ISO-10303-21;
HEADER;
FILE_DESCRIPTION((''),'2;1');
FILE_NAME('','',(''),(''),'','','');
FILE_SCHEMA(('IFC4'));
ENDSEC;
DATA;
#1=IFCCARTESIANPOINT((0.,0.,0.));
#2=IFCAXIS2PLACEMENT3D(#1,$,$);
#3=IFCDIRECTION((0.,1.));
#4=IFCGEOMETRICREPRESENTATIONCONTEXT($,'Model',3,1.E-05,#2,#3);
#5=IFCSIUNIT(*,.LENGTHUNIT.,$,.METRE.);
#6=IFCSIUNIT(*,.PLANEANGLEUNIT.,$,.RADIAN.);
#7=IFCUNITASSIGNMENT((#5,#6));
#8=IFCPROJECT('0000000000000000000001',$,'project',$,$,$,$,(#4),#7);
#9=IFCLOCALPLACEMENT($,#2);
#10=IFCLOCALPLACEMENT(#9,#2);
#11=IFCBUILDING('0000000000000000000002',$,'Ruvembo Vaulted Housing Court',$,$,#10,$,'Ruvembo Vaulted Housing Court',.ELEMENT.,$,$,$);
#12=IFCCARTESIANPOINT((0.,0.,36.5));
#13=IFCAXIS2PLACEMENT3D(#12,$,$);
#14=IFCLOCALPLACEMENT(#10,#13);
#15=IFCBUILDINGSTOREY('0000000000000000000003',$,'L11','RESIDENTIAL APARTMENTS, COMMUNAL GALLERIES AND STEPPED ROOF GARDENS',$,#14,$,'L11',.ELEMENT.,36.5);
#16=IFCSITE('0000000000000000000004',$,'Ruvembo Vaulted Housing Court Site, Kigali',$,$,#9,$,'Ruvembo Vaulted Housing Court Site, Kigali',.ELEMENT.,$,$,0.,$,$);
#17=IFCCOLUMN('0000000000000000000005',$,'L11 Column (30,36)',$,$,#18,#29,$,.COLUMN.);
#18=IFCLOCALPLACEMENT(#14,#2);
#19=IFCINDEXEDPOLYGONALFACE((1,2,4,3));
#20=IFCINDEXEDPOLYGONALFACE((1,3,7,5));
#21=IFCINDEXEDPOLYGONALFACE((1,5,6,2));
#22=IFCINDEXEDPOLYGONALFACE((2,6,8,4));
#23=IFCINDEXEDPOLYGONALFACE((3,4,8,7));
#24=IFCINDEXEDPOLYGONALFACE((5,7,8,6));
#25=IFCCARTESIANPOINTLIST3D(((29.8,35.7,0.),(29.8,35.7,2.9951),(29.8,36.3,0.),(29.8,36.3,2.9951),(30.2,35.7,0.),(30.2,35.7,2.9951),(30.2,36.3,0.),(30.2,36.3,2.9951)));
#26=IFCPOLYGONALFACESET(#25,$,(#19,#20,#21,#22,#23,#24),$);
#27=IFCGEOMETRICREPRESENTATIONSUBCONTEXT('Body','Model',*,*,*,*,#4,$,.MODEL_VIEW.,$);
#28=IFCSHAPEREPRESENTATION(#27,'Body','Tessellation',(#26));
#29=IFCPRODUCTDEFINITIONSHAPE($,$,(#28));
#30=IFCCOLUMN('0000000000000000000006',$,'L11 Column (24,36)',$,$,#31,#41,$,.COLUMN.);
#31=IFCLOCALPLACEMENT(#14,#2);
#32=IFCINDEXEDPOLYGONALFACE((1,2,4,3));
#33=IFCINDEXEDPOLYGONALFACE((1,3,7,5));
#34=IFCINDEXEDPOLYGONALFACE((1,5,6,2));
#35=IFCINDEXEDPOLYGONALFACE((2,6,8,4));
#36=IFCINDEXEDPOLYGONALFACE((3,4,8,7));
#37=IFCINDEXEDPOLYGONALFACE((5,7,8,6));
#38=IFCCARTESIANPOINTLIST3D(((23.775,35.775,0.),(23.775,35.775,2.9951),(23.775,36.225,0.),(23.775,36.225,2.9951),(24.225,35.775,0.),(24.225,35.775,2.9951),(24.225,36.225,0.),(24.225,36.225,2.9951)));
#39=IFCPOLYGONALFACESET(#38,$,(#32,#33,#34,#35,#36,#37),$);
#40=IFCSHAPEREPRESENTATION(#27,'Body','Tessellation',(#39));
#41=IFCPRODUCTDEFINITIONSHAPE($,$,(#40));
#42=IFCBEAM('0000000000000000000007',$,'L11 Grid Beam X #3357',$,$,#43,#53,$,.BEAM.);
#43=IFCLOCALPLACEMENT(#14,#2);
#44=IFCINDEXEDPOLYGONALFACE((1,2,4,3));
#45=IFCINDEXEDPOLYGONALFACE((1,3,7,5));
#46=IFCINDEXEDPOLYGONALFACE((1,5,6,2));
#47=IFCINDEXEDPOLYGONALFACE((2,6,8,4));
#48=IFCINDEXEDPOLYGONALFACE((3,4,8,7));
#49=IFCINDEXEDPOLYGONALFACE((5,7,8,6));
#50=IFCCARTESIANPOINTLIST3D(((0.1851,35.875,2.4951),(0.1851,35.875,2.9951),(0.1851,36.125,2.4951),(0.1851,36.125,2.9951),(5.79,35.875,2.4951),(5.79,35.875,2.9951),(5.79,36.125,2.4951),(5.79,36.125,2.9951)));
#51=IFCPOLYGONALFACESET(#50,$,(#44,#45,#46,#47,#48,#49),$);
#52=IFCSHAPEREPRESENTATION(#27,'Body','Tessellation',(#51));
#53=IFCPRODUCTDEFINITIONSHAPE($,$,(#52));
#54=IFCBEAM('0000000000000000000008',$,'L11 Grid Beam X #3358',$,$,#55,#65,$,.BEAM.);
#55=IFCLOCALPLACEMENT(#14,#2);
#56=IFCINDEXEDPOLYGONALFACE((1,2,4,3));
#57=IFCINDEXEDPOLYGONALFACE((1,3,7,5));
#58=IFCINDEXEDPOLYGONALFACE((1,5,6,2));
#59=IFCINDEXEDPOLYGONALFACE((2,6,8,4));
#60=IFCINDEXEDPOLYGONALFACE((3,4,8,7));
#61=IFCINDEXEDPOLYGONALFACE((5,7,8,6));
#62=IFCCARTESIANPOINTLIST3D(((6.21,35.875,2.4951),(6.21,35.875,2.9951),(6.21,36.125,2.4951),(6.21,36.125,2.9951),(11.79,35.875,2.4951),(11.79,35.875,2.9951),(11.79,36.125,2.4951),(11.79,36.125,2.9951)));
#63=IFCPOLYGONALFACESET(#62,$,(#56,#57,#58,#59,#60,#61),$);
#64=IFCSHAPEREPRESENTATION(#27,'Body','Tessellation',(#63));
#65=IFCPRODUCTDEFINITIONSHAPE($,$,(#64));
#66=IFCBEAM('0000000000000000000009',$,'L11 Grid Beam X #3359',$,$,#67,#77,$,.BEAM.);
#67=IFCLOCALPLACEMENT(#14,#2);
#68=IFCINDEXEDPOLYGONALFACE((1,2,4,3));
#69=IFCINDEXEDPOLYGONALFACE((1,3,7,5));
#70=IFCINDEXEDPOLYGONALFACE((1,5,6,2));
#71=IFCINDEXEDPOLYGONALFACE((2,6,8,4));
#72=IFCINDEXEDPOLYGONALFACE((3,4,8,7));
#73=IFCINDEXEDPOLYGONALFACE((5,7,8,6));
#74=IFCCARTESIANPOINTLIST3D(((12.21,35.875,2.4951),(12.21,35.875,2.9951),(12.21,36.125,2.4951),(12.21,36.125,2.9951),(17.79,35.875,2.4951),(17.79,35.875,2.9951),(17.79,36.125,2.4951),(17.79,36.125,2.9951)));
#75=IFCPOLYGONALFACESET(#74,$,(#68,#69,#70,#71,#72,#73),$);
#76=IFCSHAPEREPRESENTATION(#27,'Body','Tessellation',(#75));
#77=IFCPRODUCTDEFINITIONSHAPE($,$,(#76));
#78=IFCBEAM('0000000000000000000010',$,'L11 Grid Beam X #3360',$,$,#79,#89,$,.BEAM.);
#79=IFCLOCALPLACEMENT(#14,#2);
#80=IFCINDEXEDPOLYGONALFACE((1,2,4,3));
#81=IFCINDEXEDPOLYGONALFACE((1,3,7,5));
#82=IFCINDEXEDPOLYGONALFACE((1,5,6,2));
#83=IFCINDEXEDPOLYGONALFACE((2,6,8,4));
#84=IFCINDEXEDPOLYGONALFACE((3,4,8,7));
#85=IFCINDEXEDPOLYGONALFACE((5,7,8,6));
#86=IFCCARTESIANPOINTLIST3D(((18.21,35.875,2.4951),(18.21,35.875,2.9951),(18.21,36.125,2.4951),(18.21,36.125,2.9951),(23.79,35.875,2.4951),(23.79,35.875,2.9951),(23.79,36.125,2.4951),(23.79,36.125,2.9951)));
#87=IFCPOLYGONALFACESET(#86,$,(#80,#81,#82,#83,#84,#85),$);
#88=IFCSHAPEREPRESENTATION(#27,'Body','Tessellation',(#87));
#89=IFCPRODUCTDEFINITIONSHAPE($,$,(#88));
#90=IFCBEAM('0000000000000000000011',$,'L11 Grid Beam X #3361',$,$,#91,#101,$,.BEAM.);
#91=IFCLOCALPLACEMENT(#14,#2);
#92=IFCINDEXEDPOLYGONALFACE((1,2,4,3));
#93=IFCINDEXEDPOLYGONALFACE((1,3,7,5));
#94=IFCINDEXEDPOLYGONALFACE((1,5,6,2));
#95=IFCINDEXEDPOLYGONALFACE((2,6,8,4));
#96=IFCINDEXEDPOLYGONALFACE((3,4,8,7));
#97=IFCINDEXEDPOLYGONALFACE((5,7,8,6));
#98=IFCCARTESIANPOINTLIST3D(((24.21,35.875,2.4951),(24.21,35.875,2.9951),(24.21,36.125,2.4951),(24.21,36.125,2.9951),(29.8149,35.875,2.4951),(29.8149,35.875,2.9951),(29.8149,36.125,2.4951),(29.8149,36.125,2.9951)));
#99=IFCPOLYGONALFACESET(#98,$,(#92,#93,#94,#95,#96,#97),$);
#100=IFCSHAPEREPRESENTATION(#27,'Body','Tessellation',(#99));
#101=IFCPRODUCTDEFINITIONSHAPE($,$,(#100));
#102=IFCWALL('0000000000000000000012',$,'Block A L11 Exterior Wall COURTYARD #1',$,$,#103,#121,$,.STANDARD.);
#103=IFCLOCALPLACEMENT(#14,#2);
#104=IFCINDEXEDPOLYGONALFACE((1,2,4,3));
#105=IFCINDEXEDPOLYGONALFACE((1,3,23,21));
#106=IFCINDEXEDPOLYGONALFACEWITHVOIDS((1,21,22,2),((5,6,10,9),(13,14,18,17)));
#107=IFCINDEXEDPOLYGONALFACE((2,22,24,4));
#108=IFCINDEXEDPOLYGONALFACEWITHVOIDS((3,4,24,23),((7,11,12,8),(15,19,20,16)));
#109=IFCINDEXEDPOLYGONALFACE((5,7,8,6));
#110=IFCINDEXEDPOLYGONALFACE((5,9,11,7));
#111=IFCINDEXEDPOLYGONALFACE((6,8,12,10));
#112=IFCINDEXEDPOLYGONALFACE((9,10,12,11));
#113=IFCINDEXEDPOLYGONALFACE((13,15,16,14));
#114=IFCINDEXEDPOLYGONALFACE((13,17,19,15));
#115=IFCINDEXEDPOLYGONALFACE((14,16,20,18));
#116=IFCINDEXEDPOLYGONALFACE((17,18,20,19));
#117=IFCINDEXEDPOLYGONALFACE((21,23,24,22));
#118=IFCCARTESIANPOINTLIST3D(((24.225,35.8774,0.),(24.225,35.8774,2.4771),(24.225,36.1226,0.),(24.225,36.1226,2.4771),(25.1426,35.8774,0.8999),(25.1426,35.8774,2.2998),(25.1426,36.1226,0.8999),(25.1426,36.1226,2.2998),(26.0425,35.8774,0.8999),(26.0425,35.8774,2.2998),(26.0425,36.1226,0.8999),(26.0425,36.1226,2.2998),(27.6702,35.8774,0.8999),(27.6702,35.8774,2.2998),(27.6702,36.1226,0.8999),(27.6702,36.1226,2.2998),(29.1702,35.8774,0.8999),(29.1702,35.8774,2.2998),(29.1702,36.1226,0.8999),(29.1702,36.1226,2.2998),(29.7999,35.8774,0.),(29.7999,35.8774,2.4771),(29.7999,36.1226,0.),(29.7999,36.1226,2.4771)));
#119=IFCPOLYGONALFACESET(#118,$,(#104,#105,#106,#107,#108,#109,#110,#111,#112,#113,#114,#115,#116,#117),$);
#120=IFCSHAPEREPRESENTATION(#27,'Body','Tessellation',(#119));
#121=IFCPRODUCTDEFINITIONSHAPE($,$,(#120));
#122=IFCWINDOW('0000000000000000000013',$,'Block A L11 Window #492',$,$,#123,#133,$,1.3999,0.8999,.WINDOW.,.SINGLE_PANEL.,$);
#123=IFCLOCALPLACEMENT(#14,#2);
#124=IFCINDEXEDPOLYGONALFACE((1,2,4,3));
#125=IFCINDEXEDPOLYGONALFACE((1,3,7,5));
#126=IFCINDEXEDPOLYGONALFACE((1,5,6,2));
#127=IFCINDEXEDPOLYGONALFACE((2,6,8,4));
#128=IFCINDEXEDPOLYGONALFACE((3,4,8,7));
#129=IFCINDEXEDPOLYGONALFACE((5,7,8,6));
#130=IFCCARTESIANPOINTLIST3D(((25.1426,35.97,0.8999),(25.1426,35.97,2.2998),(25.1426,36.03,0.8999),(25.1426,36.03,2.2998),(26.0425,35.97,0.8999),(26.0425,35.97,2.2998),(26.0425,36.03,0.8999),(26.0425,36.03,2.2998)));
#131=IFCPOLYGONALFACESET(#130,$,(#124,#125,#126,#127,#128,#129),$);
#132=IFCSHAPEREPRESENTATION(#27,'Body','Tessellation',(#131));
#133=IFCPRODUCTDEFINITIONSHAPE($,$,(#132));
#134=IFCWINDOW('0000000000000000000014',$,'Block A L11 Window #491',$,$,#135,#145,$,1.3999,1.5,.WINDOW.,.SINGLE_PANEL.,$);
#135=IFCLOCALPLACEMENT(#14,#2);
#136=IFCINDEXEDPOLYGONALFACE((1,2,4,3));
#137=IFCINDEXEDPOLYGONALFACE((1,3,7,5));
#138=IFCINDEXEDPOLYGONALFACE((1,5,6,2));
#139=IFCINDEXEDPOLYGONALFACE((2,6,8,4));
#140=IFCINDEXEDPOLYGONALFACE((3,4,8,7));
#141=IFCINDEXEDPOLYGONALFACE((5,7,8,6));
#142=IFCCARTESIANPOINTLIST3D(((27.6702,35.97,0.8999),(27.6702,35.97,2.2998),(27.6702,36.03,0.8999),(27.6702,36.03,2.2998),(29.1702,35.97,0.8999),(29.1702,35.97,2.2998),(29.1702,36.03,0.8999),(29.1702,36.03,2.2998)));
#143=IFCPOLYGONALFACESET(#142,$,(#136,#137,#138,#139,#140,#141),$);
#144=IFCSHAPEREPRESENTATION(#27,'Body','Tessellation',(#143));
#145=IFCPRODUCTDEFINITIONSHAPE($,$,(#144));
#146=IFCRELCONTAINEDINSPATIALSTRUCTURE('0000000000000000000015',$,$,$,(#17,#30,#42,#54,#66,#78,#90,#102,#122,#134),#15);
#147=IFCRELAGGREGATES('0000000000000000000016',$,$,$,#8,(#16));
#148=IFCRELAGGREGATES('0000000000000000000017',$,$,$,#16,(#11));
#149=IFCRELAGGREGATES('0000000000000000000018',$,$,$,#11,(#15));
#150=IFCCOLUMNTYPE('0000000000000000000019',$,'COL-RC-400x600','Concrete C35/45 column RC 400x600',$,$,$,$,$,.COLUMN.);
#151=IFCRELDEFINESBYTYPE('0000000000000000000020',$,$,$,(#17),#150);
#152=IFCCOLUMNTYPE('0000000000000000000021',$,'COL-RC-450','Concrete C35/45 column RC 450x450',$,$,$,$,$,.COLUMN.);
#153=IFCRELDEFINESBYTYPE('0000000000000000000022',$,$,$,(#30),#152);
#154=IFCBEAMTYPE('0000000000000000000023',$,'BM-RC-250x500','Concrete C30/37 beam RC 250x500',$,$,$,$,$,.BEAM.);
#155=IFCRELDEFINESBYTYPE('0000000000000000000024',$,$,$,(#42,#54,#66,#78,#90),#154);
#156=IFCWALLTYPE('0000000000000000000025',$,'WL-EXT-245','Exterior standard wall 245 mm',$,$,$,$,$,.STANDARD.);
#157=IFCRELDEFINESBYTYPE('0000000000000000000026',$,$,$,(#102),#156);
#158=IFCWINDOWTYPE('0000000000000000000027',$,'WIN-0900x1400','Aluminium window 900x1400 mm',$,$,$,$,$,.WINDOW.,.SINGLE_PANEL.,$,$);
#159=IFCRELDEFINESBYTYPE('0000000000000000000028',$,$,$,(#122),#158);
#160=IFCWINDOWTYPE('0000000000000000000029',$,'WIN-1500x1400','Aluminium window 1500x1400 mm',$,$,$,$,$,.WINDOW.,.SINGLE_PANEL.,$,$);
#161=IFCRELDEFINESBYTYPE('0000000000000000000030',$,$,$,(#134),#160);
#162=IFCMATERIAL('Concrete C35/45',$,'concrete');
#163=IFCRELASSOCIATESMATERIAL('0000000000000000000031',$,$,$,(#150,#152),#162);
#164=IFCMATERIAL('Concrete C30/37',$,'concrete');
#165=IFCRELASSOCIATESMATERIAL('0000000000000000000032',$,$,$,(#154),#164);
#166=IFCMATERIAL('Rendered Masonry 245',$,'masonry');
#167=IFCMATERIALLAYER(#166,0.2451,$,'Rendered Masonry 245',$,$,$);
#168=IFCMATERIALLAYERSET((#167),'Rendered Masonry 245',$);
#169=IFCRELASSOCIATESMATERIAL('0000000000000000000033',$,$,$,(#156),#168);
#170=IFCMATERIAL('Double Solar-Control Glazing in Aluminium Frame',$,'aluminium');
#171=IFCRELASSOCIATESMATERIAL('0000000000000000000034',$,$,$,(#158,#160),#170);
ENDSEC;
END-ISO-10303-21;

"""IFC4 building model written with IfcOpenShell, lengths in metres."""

from ifc_helpers import new_model, si_unit, direction, frame, frame_2d, origin, origin_2d, place, context, subcontext, project, spatial, rectangle, extrude, material, layer, layer_set, material_profile, profile_set, type_object, element, fill, save


model = new_model("IFC4")

# Units and contexts
model_context = context("Model", 3, precision=1e-05, world=origin(), true_north=direction((0.0, 1.0)))
body_context = subcontext(model_context, "Body", "Model", "MODEL_VIEW")
ifc_project = project(units=[si_unit("LENGTHUNIT", "METRE"), si_unit("PLANEANGLEUNIT", "RADIAN")], contexts=[model_context])

# Site, building, storey
site_placement = place(None, origin())
site = spatial("IfcSite", under=ifc_project, at=site_placement, Name="Ruvembo Vaulted Housing Court Site, Kigali", LongName="Ruvembo Vaulted Housing Court Site, Kigali", CompositionType="ELEMENT", RefElevation=0.0)
building_placement = place(site_placement, origin())
building = spatial("IfcBuilding", under=site, at=building_placement, Name="Ruvembo Vaulted Housing Court", LongName="Ruvembo Vaulted Housing Court", CompositionType="ELEMENT")
storey_placement = place(building_placement, frame((0.0, 0.0, 36.5)))
storey = spatial("IfcBuildingStorey", under=building, at=storey_placement, Name="L11", Description="RESIDENTIAL APARTMENTS, COMMUNAL GALLERIES AND STEPPED ROOF GARDENS", LongName="L11", CompositionType="ELEMENT", Elevation=36.5)

# Columns
ifc_material_1 = material(Name="Concrete C35/45", Category="concrete")
ifc_material_profile_1 = material_profile(ifc_material_1, rectangle(XDim=0.3999, YDim=0.6001, at=origin_2d()), Name="RC 400x600")
ifc_profile_set_1 = profile_set([ifc_material_profile_1], Name="Concrete C35/45")
column_type_1 = type_object("IfcColumnType", Name="COL-RC-400x600", Description="Concrete C35/45 column RC 400x600", PredefinedType="COLUMN", material=ifc_profile_set_1)
column_1_placement = place(storey_placement, frame((30.0, 36.0, 0.0), z_axis=(0.0, 0.0, 1.0), x_axis=(1.0, 0.0, 0.0)))
element("IfcColumn", 1, at=column_1_placement, inside=storey, type_object=column_type_1, Name="L11 Column (30,36)", PredefinedType="COLUMN", context=body_context, shape_type="SweptSolid", body=[
    extrude(rectangle(XDim=0.3999, YDim=0.6001, at=origin_2d()), origin(), (0.0, 0.0, 1.0), 2.9951),
])
ifc_material_profile_2 = material_profile(ifc_material_1, rectangle(XDim=0.45, YDim=0.45, at=origin_2d()), Name="RC 450x450")
ifc_profile_set_2 = profile_set([ifc_material_profile_2], Name="Concrete C35/45")
column_type_2 = type_object("IfcColumnType", Name="COL-RC-450", Description="Concrete C35/45 column RC 450x450", PredefinedType="COLUMN", material=ifc_profile_set_2)
column_2_placement = place(storey_placement, frame((24.0, 36.0, 0.0), z_axis=(0.0, 0.0, 1.0), x_axis=(1.0, 0.0, 0.0)))
element("IfcColumn", 2, at=column_2_placement, inside=storey, type_object=column_type_2, Name="L11 Column (24,36)", PredefinedType="COLUMN", context=body_context, shape_type="SweptSolid", body=[
    extrude(rectangle(XDim=0.45, YDim=0.45, at=origin_2d()), origin(), (0.0, 0.0, 1.0), 2.9951),
])

# Beams
ifc_material_2 = material(Name="Concrete C30/37", Category="concrete")
ifc_material_profile_3 = material_profile(ifc_material_2, rectangle(XDim=0.25, YDim=0.5, at=origin_2d()), Name="RC 250x500")
ifc_profile_set_3 = profile_set([ifc_material_profile_3], Name="Concrete C30/37")
beam_type = type_object("IfcBeamType", Name="BM-RC-250x500", Description="Concrete C30/37 beam RC 250x500", PredefinedType="BEAM", material=ifc_profile_set_3)
beam_1_placement = place(storey_placement, frame((0.1851, 36.0, 2.7451), z_axis=(1.0, 0.0, 0.0), x_axis=(0.0, 1.0, 0.0)))
element("IfcBeam", 3, at=beam_1_placement, inside=storey, type_object=beam_type, Name="L11 Grid Beam X #3357", PredefinedType="BEAM", context=body_context, shape_type="SweptSolid", body=[
    extrude(rectangle(XDim=0.25, YDim=0.5, at=origin_2d()), origin(), (0.0, 0.0, 1.0), 5.605),
])
for number, where, z_axis, x_axis, name in (
    (4, (6.21, 36.0, 2.7451), (1.0, 0.0, 0.0), (0.0, 1.0, 0.0), "L11 Grid Beam X #3358"),
    (5, (12.21, 36.0, 2.7451), (1.0, 0.0, 0.0), (0.0, 1.0, 0.0), "L11 Grid Beam X #3359"),
    (6, (18.21, 36.0, 2.7451), (1.0, 0.0, 0.0), (0.0, 1.0, 0.0), "L11 Grid Beam X #3360"),
):
    element("IfcBeam", number, at=place(storey_placement, frame(where, z_axis=z_axis, x_axis=x_axis)), inside=storey, type_object=beam_type, Name=name, PredefinedType="BEAM", context=body_context, shape_type="SweptSolid", body=[
        extrude(rectangle(XDim=0.25, YDim=0.5, at=origin_2d()), origin(), (0.0, 0.0, 1.0), 5.5801),
    ])
beam_2_placement = place(storey_placement, frame((24.21, 36.0, 2.7451), z_axis=(1.0, 0.0, 0.0), x_axis=(0.0, 1.0, 0.0)))
element("IfcBeam", 7, at=beam_2_placement, inside=storey, type_object=beam_type, Name="L11 Grid Beam X #3361", PredefinedType="BEAM", context=body_context, shape_type="SweptSolid", body=[
    extrude(rectangle(XDim=0.25, YDim=0.5, at=origin_2d()), origin(), (0.0, 0.0, 1.0), 5.605),
])

# Wall, openings, windows
ifc_material_3 = material(Name="Rendered Masonry 245", Category="masonry")
ifc_layer_1 = layer(ifc_material_3, 0.2451, Name="Rendered Masonry 245")
ifc_layer_set_1 = layer_set([ifc_layer_1], Name="Rendered Masonry 245")
wall_type_1 = type_object("IfcWallType", Name="WL-EXT-245", Description="Exterior standard wall 245 mm", PredefinedType="STANDARD", material=ifc_layer_set_1)
wall_1_placement = place(storey_placement, frame((29.8, 36.0, 0.0), z_axis=(0.0, 0.0, 1.0), x_axis=(-1.0, 0.0, 0.0)))
wall_1 = element("IfcWall", 8, at=wall_1_placement, inside=storey, type_object=wall_type_1, Name="Block A L11 Exterior Wall COURTYARD #1", PredefinedType="STANDARD", context=body_context, shape_type="SweptSolid", body=[
    extrude(rectangle(XDim=5.575, YDim=0.2451, at=frame_2d((2.7876, 0.0))), origin(), (0.0, 0.0, 1.0), 2.4771),
])
opening_1_placement = place(wall_1_placement, frame((0.6299, 0.0, 0.8999)))
opening_1 = element("IfcOpeningElement", 9, at=opening_1_placement, cuts=wall_1, PredefinedType="OPENING", context=body_context, shape_type="SweptSolid", body=[
    extrude(rectangle(XDim=1.5, YDim=1.3999, at=frame_2d((0.75, 0.7))), frame((0.0, 0.1326, 0.0), z_axis=(0.0, -1.0, 0.0), x_axis=(1.0, 0.0, 0.0)), (0.0, 0.0, 1.0), 0.2651),
])
opening_2_placement = place(wall_1_placement, frame((3.7576, 0.0, 0.8999)))
opening_2 = element("IfcOpeningElement", 10, at=opening_2_placement, cuts=wall_1, PredefinedType="OPENING", context=body_context, shape_type="SweptSolid", body=[
    extrude(rectangle(XDim=0.8999, YDim=1.3999, at=frame_2d((0.45, 0.7))), frame((0.0, 0.1326, 0.0), z_axis=(0.0, -1.0, 0.0), x_axis=(1.0, 0.0, 0.0)), (0.0, 0.0, 1.0), 0.2651),
])
ifc_material_4 = material(Name="Double Solar-Control Glazing in Aluminium Frame", Category="aluminium")
window_type_1 = type_object("IfcWindowType", Name="WIN-0900x1400", Description="Aluminium window 900x1400 mm", PartitioningType="SINGLE_PANEL", PredefinedType="WINDOW", material=ifc_material_4)
window_1_placement = place(opening_2_placement, origin())
window_1 = element("IfcWindow", 11, at=window_1_placement, inside=storey, type_object=window_type_1, Name="Block A L11 Window #492", OverallHeight=1.3999, OverallWidth=0.8999, PartitioningType="SINGLE_PANEL", PredefinedType="WINDOW", context=body_context, shape_type="SweptSolid", body=[
    extrude(rectangle(XDim=0.8999, YDim=1.3999, at=frame_2d((0.45, 0.7))), frame((0.0, 0.03, 0.0), z_axis=(0.0, -1.0, 0.0), x_axis=(1.0, 0.0, 0.0)), (0.0, 0.0, 1.0), 0.0601),
])
fill(opening_2, window_1)
window_type_2 = type_object("IfcWindowType", Name="WIN-1500x1400", Description="Aluminium window 1500x1400 mm", PartitioningType="SINGLE_PANEL", PredefinedType="WINDOW", material=ifc_material_4)
window_2_placement = place(opening_1_placement, origin())
window_2 = element("IfcWindow", 12, at=window_2_placement, inside=storey, type_object=window_type_2, Name="Block A L11 Window #491", OverallHeight=1.3999, OverallWidth=1.5, PartitioningType="SINGLE_PANEL", PredefinedType="WINDOW", context=body_context, shape_type="SweptSolid", body=[
    extrude(rectangle(XDim=1.5, YDim=1.3999, at=frame_2d((0.75, 0.7))), frame((0.0, 0.03, 0.0), z_axis=(0.0, -1.0, 0.0), x_axis=(1.0, 0.0, 0.0)), (0.0, 0.0, 1.0), 0.0601),
])
fill(opening_1, window_2)

save(model, "model.ifc")
